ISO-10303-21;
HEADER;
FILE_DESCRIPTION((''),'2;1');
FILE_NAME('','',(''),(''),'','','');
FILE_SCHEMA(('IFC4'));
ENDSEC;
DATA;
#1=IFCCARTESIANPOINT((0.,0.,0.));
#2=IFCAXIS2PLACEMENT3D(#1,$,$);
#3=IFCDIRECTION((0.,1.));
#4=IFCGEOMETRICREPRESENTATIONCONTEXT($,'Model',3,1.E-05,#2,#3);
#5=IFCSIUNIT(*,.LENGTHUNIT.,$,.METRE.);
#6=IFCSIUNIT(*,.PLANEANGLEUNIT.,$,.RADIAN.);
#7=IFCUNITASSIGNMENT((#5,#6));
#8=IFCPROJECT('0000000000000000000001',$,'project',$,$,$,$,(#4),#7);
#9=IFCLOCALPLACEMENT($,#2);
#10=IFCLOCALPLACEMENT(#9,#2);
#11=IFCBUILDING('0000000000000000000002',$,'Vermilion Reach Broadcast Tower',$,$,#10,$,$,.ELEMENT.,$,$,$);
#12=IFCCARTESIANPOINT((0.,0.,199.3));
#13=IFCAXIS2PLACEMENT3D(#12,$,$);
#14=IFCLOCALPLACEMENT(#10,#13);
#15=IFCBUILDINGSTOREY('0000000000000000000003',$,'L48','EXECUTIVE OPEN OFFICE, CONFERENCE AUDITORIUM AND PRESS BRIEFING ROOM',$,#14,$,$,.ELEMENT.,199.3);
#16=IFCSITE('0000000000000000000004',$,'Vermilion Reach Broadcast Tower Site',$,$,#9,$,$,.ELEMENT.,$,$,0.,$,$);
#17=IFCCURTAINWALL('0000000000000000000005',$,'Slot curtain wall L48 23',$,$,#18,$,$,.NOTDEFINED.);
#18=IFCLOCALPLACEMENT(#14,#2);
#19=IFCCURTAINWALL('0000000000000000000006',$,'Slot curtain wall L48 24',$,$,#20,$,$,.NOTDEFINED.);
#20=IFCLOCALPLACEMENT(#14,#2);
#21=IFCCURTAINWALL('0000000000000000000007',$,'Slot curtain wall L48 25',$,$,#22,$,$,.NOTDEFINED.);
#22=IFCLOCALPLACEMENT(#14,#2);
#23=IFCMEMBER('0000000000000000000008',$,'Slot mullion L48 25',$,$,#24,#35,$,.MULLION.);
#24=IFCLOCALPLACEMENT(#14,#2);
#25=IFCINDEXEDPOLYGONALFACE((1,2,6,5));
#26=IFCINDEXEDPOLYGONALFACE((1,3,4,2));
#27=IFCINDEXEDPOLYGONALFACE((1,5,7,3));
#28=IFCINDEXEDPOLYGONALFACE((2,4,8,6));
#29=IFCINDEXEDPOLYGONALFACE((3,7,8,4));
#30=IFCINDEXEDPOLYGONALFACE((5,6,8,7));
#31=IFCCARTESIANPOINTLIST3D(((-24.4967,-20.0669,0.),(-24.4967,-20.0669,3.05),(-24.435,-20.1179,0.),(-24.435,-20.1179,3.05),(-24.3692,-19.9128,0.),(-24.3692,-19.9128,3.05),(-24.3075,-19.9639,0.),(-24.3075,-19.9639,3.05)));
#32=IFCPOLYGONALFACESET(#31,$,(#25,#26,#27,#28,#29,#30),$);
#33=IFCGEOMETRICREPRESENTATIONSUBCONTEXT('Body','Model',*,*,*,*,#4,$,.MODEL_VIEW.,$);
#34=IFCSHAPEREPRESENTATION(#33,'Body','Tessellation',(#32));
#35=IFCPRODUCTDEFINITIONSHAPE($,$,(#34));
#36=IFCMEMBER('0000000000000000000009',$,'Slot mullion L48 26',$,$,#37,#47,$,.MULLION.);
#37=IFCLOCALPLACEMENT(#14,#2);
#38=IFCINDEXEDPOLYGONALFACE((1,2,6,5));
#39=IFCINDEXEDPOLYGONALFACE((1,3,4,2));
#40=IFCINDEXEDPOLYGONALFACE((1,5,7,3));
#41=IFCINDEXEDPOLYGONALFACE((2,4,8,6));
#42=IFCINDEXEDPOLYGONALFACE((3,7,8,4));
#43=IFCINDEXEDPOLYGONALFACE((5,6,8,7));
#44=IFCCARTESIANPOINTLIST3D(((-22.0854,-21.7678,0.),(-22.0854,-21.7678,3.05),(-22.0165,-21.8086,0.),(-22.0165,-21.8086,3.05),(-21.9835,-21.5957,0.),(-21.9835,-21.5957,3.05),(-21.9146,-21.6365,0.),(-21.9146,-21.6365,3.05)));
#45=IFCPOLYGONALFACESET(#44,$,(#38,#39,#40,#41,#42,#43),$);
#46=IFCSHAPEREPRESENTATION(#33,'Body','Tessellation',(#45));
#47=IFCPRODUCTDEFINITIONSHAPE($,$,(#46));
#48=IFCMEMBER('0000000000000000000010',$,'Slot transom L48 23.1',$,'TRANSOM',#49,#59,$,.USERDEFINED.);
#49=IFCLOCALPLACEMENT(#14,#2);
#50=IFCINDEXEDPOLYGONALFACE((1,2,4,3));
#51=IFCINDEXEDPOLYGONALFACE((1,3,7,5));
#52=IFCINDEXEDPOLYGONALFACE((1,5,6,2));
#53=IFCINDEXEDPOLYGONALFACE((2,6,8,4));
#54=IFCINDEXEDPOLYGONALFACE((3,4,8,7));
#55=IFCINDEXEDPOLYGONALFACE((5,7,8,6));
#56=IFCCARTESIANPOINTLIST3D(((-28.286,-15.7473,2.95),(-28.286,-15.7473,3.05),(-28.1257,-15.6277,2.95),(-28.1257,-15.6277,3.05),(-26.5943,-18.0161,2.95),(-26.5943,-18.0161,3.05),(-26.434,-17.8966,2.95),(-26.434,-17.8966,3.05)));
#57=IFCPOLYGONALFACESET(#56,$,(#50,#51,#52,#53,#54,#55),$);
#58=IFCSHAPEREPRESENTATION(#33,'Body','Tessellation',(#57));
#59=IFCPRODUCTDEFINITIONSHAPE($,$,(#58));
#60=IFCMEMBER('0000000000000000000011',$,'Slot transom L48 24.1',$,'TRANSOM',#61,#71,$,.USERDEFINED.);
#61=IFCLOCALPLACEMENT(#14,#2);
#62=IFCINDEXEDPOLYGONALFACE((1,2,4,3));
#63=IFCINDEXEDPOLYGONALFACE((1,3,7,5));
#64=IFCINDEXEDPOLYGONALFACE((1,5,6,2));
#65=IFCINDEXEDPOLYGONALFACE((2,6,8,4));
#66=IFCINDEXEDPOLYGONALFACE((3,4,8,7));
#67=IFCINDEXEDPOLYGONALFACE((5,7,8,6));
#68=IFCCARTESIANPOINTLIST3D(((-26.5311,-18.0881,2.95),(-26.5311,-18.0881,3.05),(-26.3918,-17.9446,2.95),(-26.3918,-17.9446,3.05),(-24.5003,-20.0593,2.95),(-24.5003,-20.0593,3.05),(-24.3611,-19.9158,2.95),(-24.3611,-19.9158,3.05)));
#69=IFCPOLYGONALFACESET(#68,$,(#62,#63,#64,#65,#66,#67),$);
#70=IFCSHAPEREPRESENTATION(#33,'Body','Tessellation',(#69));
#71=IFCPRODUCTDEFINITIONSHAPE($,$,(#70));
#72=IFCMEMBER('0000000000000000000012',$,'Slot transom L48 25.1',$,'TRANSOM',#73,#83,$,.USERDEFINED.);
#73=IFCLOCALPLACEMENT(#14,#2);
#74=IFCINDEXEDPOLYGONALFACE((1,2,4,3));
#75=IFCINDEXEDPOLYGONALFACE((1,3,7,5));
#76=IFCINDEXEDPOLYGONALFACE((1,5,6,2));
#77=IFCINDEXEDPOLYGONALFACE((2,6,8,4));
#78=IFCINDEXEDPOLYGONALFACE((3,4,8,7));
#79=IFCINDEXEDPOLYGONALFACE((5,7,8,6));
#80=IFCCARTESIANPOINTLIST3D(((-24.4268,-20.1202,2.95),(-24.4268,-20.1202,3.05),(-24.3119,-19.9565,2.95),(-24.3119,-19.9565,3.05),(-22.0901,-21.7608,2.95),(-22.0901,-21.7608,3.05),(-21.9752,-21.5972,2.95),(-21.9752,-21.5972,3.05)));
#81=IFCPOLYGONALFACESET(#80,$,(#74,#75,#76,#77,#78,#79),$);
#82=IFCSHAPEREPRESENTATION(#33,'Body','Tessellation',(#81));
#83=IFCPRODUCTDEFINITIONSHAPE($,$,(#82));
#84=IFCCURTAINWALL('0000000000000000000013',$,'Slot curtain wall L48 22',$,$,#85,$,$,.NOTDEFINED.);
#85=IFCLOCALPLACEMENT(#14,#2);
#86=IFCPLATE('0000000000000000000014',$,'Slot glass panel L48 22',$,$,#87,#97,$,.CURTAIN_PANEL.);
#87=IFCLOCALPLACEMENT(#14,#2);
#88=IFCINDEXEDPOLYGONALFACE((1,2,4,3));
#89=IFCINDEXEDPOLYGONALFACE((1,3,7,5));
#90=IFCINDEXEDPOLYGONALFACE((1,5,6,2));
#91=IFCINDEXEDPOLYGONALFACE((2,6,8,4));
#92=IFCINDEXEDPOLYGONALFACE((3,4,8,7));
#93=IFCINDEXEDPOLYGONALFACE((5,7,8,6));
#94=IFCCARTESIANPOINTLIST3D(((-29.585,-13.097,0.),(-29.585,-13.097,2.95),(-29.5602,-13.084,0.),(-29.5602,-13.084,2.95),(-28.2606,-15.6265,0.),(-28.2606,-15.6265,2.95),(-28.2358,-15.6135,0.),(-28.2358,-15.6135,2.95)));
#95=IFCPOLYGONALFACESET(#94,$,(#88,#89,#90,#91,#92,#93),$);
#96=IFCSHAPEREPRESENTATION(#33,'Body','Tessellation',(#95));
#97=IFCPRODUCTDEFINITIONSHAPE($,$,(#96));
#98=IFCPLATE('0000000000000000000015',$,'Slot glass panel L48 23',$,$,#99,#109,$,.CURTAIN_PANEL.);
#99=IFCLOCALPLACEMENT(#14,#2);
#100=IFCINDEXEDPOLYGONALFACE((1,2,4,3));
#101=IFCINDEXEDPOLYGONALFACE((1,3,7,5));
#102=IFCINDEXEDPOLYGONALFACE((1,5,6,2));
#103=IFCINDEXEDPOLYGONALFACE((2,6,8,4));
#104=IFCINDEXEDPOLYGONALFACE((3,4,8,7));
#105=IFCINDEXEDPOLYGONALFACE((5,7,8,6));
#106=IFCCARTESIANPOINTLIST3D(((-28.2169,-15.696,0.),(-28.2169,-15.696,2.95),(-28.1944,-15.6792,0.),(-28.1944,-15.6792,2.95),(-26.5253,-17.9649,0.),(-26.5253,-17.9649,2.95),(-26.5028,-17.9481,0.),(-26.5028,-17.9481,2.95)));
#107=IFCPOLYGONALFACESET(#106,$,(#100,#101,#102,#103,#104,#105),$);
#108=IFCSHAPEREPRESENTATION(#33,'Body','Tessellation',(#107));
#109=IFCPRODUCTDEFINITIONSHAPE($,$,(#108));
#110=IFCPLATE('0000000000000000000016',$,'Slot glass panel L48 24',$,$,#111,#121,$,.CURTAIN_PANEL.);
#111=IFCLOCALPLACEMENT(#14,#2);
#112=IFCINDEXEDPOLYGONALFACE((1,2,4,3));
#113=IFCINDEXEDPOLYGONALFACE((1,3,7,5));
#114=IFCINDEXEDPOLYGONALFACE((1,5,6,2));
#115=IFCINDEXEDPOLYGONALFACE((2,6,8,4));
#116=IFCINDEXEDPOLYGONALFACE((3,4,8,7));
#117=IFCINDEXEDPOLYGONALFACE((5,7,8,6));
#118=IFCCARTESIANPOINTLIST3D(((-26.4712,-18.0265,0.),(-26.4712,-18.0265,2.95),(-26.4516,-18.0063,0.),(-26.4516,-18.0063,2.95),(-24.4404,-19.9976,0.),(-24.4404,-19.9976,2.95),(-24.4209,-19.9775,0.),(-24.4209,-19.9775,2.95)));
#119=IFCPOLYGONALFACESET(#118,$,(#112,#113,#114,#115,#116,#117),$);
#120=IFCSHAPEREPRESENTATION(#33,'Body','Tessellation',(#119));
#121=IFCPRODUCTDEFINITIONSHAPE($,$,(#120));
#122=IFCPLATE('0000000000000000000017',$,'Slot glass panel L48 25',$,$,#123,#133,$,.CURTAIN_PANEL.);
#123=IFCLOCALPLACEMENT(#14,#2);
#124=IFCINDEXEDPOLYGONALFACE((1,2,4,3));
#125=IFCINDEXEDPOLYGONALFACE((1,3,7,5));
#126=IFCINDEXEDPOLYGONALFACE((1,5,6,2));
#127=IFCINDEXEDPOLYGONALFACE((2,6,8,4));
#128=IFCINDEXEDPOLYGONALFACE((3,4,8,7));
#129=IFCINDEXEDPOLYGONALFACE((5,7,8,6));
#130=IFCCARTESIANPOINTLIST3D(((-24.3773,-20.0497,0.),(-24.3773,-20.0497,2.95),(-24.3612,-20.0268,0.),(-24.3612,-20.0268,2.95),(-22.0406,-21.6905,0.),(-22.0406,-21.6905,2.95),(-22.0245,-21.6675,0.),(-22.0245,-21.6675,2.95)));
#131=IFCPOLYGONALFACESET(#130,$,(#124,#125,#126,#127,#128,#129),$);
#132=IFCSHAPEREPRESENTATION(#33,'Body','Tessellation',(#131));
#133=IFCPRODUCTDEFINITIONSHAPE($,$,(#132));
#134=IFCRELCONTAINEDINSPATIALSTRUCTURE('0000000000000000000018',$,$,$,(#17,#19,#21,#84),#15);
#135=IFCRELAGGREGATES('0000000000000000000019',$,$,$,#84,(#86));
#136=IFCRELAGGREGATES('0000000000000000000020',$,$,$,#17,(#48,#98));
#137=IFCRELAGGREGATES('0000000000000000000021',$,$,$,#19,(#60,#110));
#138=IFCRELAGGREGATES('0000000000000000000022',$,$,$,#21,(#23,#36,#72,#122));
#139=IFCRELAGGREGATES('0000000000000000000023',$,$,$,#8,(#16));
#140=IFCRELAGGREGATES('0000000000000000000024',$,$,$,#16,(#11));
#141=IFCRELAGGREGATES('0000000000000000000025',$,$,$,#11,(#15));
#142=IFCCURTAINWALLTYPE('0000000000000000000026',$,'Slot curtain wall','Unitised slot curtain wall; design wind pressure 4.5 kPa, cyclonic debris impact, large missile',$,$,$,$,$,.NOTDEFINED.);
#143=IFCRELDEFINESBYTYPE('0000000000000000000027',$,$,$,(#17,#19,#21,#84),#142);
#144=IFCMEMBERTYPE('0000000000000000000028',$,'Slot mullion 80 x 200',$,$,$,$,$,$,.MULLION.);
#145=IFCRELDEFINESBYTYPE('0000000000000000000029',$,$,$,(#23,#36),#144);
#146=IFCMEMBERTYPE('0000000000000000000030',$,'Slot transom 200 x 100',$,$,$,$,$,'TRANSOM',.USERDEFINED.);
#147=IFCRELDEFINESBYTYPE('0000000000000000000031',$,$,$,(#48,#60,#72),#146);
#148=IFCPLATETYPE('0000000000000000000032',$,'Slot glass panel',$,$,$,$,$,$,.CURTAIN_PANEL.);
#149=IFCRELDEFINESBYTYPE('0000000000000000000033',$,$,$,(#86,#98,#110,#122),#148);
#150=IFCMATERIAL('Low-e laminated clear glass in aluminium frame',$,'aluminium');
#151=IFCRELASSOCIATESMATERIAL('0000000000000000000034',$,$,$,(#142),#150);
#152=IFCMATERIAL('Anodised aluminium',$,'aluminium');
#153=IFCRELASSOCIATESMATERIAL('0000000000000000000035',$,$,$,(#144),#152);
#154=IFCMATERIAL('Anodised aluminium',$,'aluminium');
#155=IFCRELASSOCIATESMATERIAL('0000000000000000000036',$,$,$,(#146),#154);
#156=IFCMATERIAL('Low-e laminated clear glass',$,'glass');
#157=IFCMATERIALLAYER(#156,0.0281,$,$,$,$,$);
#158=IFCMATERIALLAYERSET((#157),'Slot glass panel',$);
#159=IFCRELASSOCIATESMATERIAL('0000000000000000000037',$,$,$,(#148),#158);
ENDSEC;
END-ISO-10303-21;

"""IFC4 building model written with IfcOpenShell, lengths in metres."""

from ifc_helpers import new_model, si_unit, direction, frame, origin, origin_2d, place, context, subcontext, project, spatial, rectangle, extrude, material, layer, layer_set, material_profile, profile_set, type_object, element, aggregate, save


model = new_model("IFC4")

# Units and contexts
model_context = context("Model", 3, precision=1e-05, world=origin(), true_north=direction((0.0, 1.0)))
body_context = subcontext(model_context, "Body", "Model", "MODEL_VIEW")
ifc_project = project(units=[si_unit("LENGTHUNIT", "METRE"), si_unit("PLANEANGLEUNIT", "RADIAN")], contexts=[model_context])

# Site, building, storey
site_placement = place(None, origin())
site = spatial("IfcSite", under=ifc_project, at=site_placement, Name="Vermilion Reach Broadcast Tower Site", CompositionType="ELEMENT", RefElevation=0.0)
building_placement = place(site_placement, origin())
building = spatial("IfcBuilding", under=site, at=building_placement, Name="Vermilion Reach Broadcast Tower", CompositionType="ELEMENT")
storey_placement = place(building_placement, frame((0.0, 0.0, 199.3)))
storey = spatial("IfcBuildingStorey", under=building, at=storey_placement, Name="L48", Description="EXECUTIVE OPEN OFFICE, CONFERENCE AUDITORIUM AND PRESS BRIEFING ROOM", CompositionType="ELEMENT", Elevation=199.3)

# Curtain walls
ifc_material_1 = material(Name="Low-e laminated clear glass in aluminium frame", Category="aluminium")
curtain_wall_type = type_object("IfcCurtainWallType", Name="Slot curtain wall", Description="Unitised slot curtain wall; design wind pressure 4.5 kPa, cyclonic debris impact, large missile", PredefinedType="NOTDEFINED", material=ifc_material_1)
placement = place(storey_placement, origin())
curtain_wall_1 = element("IfcCurtainWall", 1, at=placement, inside=storey, type_object=curtain_wall_type, Name="Slot curtain wall L48 23", PredefinedType="NOTDEFINED")
ifc_material_2 = material(Name="Anodised aluminium", Category="aluminium")
ifc_material_profile_1 = material_profile(ifc_material_2, rectangle(XDim=0.2, YDim=0.0801, at=origin_2d()), Name="Slot mullion 80 x 200")
ifc_profile_set_1 = profile_set([ifc_material_profile_1], Name="Anodised aluminium")
member_type_1 = type_object("IfcMemberType", Name="Slot mullion 80 x 200", PredefinedType="MULLION", material=ifc_profile_set_1)
curtain_wall_2 = element("IfcCurtainWall", 2, at=placement, inside=storey, type_object=curtain_wall_type, Name="Slot curtain wall L48 24", PredefinedType="NOTDEFINED")

# Curtain wall, members
curtain_wall_3 = element("IfcCurtainWall", 3, at=placement, inside=storey, type_object=curtain_wall_type, Name="Slot curtain wall L48 25", PredefinedType="NOTDEFINED")
member_1_placement = place(storey_placement, frame((-24.4021, -20.0154, 0.0), z_axis=(0.0, 0.0, 1.0), x_axis=(0.637573, 0.77039, 0.0)))
member_1 = element("IfcMember", 4, at=member_1_placement, type_object=member_type_1, Name="Slot mullion L48 25", PredefinedType="MULLION", context=body_context, shape_type="SweptSolid", body=[
    extrude(rectangle(XDim=0.2, YDim=0.0801, at=origin_2d()), origin(), (0.0, 0.0, 1.0), 3.05),
])
member_2_placement = place(storey_placement, frame((-22.0, -21.7021, 0.0), z_axis=(0.0, 0.0, 1.0), x_axis=(0.509741, 0.860328, 0.0)))
member_2 = element("IfcMember", 5, at=member_2_placement, type_object=member_type_1, Name="Slot mullion L48 26", PredefinedType="MULLION", context=body_context, shape_type="SweptSolid", body=[
    extrude(rectangle(XDim=0.2, YDim=0.0801, at=origin_2d()), origin(), (0.0, 0.0, 1.0), 3.05),
])

# Members
ifc_material_3 = material(Name="Anodised aluminium", Category="aluminium")
ifc_material_profile_2 = material_profile(ifc_material_3, rectangle(XDim=0.2, YDim=0.1001, at=origin_2d()), Name="Slot transom 200 x 100")
ifc_profile_set_2 = profile_set([ifc_material_profile_2], Name="Anodised aluminium")
member_type_2 = type_object("IfcMemberType", Name="Slot transom 200 x 100", ElementType="TRANSOM", PredefinedType="USERDEFINED", material=ifc_profile_set_2)
member_3_placement = place(storey_placement, frame((-28.2058, -15.6875, 3.0), z_axis=(0.597748, -0.801684, 0.0), x_axis=(0.801684, 0.597748, 0.0)))
member_3 = element("IfcMember", 6, at=member_3_placement, type_object=member_type_2, Name="Slot transom L48 23.1", ObjectType="TRANSOM", PredefinedType="USERDEFINED", context=body_context, shape_type="SweptSolid", body=[
    extrude(rectangle(XDim=0.2, YDim=0.1001, at=origin_2d()), origin(), (0.0, 0.0, 1.0), 2.8301),
])
member_4_placement = place(storey_placement, frame((-26.4614, -18.0164, 3.0), z_axis=(0.717553, -0.696504, 0.0), x_axis=(0.696504, 0.717553, 0.0)))
member_4 = element("IfcMember", 7, at=member_4_placement, type_object=member_type_2, Name="Slot transom L48 24.1", ObjectType="TRANSOM", PredefinedType="USERDEFINED", context=body_context, shape_type="SweptSolid", body=[
    extrude(rectangle(XDim=0.2, YDim=0.1001, at=origin_2d()), origin(), (0.0, 0.0, 1.0), 2.8301),
])
member_5_placement = place(storey_placement, frame((-24.3694, -20.0383, 3.0), z_axis=(0.818416, -0.574627, 0.0), x_axis=(0.574627, 0.818416, 0.0)))
member_5 = element("IfcMember", 8, at=member_5_placement, type_object=member_type_2, Name="Slot transom L48 25.1", ObjectType="TRANSOM", PredefinedType="USERDEFINED", context=body_context, shape_type="SweptSolid", body=[
    extrude(rectangle(XDim=0.2, YDim=0.1001, at=origin_2d()), origin(), (0.0, 0.0, 1.0), 2.8552),
])

# Curtain wall, plate
curtain_wall_4 = element("IfcCurtainWall", 9, at=placement, inside=storey, type_object=curtain_wall_type, Name="Slot curtain wall L48 22", PredefinedType="NOTDEFINED")
ifc_material_4 = material(Name="Low-e laminated clear glass", Category="glass")
ifc_layer = layer(ifc_material_4, 0.0281)
ifc_layer_set = layer_set([ifc_layer], Name="Slot glass panel")
plate_type = type_object("IfcPlateType", Name="Slot glass panel", PredefinedType="CURTAIN_PANEL", material=ifc_layer_set)
plate_1_placement = place(storey_placement, frame((-28.9104, -14.3552, 0.0), z_axis=(0.0, 0.0, 1.0), x_axis=(0.463844, -0.885917, 0.0)))
plate_1 = element("IfcPlate", 10, at=plate_1_placement, type_object=plate_type, Name="Slot glass panel L48 22", PredefinedType="CURTAIN_PANEL", context=body_context, shape_type="SweptSolid", body=[
    extrude(rectangle(XDim=2.8552, YDim=0.0281, at=origin_2d()), origin(), (0.0, 0.0, 1.0), 2.95),
])
aggregate(curtain_wall_4, [plate_1])

# Plates
plate_2_placement = place(storey_placement, frame((-27.3599, -16.822, 0.0), z_axis=(0.0, 0.0, 1.0), x_axis=(0.59772, -0.801705, 0.0)))
plate_2 = element("IfcPlate", 11, at=plate_2_placement, type_object=plate_type, Name="Slot glass panel L48 23", PredefinedType="CURTAIN_PANEL", context=body_context, shape_type="SweptSolid", body=[
    extrude(rectangle(XDim=2.8301, YDim=0.0281, at=origin_2d()), origin(), (0.0, 0.0, 1.0), 2.95),
])
aggregate(curtain_wall_1, [member_3, plate_2])
plate_3_placement = place(storey_placement, frame((-25.446, -19.002, 0.0), z_axis=(0.0, 0.0, 1.0), x_axis=(0.717558, -0.696499, 0.0)))
plate_3 = element("IfcPlate", 12, at=plate_3_placement, type_object=plate_type, Name="Slot glass panel L48 24", PredefinedType="CURTAIN_PANEL", context=body_context, shape_type="SweptSolid", body=[
    extrude(rectangle(XDim=2.8301, YDim=0.0281, at=origin_2d()), origin(), (0.0, 0.0, 1.0), 2.95),
])
aggregate(curtain_wall_2, [member_4, plate_3])
plate_4_placement = place(storey_placement, frame((-23.2009, -20.8586, 0.0), z_axis=(0.0, 0.0, 1.0), x_axis=(0.818396, -0.574655, 0.0)))
plate_4 = element("IfcPlate", 13, at=plate_4_placement, type_object=plate_type, Name="Slot glass panel L48 25", PredefinedType="CURTAIN_PANEL", context=body_context, shape_type="SweptSolid", body=[
    extrude(rectangle(XDim=2.8552, YDim=0.0281, at=origin_2d()), origin(), (0.0, 0.0, 1.0), 2.95),
])
aggregate(curtain_wall_3, [member_1, member_2, member_5, plate_4])

save(model, "model.ifc")
